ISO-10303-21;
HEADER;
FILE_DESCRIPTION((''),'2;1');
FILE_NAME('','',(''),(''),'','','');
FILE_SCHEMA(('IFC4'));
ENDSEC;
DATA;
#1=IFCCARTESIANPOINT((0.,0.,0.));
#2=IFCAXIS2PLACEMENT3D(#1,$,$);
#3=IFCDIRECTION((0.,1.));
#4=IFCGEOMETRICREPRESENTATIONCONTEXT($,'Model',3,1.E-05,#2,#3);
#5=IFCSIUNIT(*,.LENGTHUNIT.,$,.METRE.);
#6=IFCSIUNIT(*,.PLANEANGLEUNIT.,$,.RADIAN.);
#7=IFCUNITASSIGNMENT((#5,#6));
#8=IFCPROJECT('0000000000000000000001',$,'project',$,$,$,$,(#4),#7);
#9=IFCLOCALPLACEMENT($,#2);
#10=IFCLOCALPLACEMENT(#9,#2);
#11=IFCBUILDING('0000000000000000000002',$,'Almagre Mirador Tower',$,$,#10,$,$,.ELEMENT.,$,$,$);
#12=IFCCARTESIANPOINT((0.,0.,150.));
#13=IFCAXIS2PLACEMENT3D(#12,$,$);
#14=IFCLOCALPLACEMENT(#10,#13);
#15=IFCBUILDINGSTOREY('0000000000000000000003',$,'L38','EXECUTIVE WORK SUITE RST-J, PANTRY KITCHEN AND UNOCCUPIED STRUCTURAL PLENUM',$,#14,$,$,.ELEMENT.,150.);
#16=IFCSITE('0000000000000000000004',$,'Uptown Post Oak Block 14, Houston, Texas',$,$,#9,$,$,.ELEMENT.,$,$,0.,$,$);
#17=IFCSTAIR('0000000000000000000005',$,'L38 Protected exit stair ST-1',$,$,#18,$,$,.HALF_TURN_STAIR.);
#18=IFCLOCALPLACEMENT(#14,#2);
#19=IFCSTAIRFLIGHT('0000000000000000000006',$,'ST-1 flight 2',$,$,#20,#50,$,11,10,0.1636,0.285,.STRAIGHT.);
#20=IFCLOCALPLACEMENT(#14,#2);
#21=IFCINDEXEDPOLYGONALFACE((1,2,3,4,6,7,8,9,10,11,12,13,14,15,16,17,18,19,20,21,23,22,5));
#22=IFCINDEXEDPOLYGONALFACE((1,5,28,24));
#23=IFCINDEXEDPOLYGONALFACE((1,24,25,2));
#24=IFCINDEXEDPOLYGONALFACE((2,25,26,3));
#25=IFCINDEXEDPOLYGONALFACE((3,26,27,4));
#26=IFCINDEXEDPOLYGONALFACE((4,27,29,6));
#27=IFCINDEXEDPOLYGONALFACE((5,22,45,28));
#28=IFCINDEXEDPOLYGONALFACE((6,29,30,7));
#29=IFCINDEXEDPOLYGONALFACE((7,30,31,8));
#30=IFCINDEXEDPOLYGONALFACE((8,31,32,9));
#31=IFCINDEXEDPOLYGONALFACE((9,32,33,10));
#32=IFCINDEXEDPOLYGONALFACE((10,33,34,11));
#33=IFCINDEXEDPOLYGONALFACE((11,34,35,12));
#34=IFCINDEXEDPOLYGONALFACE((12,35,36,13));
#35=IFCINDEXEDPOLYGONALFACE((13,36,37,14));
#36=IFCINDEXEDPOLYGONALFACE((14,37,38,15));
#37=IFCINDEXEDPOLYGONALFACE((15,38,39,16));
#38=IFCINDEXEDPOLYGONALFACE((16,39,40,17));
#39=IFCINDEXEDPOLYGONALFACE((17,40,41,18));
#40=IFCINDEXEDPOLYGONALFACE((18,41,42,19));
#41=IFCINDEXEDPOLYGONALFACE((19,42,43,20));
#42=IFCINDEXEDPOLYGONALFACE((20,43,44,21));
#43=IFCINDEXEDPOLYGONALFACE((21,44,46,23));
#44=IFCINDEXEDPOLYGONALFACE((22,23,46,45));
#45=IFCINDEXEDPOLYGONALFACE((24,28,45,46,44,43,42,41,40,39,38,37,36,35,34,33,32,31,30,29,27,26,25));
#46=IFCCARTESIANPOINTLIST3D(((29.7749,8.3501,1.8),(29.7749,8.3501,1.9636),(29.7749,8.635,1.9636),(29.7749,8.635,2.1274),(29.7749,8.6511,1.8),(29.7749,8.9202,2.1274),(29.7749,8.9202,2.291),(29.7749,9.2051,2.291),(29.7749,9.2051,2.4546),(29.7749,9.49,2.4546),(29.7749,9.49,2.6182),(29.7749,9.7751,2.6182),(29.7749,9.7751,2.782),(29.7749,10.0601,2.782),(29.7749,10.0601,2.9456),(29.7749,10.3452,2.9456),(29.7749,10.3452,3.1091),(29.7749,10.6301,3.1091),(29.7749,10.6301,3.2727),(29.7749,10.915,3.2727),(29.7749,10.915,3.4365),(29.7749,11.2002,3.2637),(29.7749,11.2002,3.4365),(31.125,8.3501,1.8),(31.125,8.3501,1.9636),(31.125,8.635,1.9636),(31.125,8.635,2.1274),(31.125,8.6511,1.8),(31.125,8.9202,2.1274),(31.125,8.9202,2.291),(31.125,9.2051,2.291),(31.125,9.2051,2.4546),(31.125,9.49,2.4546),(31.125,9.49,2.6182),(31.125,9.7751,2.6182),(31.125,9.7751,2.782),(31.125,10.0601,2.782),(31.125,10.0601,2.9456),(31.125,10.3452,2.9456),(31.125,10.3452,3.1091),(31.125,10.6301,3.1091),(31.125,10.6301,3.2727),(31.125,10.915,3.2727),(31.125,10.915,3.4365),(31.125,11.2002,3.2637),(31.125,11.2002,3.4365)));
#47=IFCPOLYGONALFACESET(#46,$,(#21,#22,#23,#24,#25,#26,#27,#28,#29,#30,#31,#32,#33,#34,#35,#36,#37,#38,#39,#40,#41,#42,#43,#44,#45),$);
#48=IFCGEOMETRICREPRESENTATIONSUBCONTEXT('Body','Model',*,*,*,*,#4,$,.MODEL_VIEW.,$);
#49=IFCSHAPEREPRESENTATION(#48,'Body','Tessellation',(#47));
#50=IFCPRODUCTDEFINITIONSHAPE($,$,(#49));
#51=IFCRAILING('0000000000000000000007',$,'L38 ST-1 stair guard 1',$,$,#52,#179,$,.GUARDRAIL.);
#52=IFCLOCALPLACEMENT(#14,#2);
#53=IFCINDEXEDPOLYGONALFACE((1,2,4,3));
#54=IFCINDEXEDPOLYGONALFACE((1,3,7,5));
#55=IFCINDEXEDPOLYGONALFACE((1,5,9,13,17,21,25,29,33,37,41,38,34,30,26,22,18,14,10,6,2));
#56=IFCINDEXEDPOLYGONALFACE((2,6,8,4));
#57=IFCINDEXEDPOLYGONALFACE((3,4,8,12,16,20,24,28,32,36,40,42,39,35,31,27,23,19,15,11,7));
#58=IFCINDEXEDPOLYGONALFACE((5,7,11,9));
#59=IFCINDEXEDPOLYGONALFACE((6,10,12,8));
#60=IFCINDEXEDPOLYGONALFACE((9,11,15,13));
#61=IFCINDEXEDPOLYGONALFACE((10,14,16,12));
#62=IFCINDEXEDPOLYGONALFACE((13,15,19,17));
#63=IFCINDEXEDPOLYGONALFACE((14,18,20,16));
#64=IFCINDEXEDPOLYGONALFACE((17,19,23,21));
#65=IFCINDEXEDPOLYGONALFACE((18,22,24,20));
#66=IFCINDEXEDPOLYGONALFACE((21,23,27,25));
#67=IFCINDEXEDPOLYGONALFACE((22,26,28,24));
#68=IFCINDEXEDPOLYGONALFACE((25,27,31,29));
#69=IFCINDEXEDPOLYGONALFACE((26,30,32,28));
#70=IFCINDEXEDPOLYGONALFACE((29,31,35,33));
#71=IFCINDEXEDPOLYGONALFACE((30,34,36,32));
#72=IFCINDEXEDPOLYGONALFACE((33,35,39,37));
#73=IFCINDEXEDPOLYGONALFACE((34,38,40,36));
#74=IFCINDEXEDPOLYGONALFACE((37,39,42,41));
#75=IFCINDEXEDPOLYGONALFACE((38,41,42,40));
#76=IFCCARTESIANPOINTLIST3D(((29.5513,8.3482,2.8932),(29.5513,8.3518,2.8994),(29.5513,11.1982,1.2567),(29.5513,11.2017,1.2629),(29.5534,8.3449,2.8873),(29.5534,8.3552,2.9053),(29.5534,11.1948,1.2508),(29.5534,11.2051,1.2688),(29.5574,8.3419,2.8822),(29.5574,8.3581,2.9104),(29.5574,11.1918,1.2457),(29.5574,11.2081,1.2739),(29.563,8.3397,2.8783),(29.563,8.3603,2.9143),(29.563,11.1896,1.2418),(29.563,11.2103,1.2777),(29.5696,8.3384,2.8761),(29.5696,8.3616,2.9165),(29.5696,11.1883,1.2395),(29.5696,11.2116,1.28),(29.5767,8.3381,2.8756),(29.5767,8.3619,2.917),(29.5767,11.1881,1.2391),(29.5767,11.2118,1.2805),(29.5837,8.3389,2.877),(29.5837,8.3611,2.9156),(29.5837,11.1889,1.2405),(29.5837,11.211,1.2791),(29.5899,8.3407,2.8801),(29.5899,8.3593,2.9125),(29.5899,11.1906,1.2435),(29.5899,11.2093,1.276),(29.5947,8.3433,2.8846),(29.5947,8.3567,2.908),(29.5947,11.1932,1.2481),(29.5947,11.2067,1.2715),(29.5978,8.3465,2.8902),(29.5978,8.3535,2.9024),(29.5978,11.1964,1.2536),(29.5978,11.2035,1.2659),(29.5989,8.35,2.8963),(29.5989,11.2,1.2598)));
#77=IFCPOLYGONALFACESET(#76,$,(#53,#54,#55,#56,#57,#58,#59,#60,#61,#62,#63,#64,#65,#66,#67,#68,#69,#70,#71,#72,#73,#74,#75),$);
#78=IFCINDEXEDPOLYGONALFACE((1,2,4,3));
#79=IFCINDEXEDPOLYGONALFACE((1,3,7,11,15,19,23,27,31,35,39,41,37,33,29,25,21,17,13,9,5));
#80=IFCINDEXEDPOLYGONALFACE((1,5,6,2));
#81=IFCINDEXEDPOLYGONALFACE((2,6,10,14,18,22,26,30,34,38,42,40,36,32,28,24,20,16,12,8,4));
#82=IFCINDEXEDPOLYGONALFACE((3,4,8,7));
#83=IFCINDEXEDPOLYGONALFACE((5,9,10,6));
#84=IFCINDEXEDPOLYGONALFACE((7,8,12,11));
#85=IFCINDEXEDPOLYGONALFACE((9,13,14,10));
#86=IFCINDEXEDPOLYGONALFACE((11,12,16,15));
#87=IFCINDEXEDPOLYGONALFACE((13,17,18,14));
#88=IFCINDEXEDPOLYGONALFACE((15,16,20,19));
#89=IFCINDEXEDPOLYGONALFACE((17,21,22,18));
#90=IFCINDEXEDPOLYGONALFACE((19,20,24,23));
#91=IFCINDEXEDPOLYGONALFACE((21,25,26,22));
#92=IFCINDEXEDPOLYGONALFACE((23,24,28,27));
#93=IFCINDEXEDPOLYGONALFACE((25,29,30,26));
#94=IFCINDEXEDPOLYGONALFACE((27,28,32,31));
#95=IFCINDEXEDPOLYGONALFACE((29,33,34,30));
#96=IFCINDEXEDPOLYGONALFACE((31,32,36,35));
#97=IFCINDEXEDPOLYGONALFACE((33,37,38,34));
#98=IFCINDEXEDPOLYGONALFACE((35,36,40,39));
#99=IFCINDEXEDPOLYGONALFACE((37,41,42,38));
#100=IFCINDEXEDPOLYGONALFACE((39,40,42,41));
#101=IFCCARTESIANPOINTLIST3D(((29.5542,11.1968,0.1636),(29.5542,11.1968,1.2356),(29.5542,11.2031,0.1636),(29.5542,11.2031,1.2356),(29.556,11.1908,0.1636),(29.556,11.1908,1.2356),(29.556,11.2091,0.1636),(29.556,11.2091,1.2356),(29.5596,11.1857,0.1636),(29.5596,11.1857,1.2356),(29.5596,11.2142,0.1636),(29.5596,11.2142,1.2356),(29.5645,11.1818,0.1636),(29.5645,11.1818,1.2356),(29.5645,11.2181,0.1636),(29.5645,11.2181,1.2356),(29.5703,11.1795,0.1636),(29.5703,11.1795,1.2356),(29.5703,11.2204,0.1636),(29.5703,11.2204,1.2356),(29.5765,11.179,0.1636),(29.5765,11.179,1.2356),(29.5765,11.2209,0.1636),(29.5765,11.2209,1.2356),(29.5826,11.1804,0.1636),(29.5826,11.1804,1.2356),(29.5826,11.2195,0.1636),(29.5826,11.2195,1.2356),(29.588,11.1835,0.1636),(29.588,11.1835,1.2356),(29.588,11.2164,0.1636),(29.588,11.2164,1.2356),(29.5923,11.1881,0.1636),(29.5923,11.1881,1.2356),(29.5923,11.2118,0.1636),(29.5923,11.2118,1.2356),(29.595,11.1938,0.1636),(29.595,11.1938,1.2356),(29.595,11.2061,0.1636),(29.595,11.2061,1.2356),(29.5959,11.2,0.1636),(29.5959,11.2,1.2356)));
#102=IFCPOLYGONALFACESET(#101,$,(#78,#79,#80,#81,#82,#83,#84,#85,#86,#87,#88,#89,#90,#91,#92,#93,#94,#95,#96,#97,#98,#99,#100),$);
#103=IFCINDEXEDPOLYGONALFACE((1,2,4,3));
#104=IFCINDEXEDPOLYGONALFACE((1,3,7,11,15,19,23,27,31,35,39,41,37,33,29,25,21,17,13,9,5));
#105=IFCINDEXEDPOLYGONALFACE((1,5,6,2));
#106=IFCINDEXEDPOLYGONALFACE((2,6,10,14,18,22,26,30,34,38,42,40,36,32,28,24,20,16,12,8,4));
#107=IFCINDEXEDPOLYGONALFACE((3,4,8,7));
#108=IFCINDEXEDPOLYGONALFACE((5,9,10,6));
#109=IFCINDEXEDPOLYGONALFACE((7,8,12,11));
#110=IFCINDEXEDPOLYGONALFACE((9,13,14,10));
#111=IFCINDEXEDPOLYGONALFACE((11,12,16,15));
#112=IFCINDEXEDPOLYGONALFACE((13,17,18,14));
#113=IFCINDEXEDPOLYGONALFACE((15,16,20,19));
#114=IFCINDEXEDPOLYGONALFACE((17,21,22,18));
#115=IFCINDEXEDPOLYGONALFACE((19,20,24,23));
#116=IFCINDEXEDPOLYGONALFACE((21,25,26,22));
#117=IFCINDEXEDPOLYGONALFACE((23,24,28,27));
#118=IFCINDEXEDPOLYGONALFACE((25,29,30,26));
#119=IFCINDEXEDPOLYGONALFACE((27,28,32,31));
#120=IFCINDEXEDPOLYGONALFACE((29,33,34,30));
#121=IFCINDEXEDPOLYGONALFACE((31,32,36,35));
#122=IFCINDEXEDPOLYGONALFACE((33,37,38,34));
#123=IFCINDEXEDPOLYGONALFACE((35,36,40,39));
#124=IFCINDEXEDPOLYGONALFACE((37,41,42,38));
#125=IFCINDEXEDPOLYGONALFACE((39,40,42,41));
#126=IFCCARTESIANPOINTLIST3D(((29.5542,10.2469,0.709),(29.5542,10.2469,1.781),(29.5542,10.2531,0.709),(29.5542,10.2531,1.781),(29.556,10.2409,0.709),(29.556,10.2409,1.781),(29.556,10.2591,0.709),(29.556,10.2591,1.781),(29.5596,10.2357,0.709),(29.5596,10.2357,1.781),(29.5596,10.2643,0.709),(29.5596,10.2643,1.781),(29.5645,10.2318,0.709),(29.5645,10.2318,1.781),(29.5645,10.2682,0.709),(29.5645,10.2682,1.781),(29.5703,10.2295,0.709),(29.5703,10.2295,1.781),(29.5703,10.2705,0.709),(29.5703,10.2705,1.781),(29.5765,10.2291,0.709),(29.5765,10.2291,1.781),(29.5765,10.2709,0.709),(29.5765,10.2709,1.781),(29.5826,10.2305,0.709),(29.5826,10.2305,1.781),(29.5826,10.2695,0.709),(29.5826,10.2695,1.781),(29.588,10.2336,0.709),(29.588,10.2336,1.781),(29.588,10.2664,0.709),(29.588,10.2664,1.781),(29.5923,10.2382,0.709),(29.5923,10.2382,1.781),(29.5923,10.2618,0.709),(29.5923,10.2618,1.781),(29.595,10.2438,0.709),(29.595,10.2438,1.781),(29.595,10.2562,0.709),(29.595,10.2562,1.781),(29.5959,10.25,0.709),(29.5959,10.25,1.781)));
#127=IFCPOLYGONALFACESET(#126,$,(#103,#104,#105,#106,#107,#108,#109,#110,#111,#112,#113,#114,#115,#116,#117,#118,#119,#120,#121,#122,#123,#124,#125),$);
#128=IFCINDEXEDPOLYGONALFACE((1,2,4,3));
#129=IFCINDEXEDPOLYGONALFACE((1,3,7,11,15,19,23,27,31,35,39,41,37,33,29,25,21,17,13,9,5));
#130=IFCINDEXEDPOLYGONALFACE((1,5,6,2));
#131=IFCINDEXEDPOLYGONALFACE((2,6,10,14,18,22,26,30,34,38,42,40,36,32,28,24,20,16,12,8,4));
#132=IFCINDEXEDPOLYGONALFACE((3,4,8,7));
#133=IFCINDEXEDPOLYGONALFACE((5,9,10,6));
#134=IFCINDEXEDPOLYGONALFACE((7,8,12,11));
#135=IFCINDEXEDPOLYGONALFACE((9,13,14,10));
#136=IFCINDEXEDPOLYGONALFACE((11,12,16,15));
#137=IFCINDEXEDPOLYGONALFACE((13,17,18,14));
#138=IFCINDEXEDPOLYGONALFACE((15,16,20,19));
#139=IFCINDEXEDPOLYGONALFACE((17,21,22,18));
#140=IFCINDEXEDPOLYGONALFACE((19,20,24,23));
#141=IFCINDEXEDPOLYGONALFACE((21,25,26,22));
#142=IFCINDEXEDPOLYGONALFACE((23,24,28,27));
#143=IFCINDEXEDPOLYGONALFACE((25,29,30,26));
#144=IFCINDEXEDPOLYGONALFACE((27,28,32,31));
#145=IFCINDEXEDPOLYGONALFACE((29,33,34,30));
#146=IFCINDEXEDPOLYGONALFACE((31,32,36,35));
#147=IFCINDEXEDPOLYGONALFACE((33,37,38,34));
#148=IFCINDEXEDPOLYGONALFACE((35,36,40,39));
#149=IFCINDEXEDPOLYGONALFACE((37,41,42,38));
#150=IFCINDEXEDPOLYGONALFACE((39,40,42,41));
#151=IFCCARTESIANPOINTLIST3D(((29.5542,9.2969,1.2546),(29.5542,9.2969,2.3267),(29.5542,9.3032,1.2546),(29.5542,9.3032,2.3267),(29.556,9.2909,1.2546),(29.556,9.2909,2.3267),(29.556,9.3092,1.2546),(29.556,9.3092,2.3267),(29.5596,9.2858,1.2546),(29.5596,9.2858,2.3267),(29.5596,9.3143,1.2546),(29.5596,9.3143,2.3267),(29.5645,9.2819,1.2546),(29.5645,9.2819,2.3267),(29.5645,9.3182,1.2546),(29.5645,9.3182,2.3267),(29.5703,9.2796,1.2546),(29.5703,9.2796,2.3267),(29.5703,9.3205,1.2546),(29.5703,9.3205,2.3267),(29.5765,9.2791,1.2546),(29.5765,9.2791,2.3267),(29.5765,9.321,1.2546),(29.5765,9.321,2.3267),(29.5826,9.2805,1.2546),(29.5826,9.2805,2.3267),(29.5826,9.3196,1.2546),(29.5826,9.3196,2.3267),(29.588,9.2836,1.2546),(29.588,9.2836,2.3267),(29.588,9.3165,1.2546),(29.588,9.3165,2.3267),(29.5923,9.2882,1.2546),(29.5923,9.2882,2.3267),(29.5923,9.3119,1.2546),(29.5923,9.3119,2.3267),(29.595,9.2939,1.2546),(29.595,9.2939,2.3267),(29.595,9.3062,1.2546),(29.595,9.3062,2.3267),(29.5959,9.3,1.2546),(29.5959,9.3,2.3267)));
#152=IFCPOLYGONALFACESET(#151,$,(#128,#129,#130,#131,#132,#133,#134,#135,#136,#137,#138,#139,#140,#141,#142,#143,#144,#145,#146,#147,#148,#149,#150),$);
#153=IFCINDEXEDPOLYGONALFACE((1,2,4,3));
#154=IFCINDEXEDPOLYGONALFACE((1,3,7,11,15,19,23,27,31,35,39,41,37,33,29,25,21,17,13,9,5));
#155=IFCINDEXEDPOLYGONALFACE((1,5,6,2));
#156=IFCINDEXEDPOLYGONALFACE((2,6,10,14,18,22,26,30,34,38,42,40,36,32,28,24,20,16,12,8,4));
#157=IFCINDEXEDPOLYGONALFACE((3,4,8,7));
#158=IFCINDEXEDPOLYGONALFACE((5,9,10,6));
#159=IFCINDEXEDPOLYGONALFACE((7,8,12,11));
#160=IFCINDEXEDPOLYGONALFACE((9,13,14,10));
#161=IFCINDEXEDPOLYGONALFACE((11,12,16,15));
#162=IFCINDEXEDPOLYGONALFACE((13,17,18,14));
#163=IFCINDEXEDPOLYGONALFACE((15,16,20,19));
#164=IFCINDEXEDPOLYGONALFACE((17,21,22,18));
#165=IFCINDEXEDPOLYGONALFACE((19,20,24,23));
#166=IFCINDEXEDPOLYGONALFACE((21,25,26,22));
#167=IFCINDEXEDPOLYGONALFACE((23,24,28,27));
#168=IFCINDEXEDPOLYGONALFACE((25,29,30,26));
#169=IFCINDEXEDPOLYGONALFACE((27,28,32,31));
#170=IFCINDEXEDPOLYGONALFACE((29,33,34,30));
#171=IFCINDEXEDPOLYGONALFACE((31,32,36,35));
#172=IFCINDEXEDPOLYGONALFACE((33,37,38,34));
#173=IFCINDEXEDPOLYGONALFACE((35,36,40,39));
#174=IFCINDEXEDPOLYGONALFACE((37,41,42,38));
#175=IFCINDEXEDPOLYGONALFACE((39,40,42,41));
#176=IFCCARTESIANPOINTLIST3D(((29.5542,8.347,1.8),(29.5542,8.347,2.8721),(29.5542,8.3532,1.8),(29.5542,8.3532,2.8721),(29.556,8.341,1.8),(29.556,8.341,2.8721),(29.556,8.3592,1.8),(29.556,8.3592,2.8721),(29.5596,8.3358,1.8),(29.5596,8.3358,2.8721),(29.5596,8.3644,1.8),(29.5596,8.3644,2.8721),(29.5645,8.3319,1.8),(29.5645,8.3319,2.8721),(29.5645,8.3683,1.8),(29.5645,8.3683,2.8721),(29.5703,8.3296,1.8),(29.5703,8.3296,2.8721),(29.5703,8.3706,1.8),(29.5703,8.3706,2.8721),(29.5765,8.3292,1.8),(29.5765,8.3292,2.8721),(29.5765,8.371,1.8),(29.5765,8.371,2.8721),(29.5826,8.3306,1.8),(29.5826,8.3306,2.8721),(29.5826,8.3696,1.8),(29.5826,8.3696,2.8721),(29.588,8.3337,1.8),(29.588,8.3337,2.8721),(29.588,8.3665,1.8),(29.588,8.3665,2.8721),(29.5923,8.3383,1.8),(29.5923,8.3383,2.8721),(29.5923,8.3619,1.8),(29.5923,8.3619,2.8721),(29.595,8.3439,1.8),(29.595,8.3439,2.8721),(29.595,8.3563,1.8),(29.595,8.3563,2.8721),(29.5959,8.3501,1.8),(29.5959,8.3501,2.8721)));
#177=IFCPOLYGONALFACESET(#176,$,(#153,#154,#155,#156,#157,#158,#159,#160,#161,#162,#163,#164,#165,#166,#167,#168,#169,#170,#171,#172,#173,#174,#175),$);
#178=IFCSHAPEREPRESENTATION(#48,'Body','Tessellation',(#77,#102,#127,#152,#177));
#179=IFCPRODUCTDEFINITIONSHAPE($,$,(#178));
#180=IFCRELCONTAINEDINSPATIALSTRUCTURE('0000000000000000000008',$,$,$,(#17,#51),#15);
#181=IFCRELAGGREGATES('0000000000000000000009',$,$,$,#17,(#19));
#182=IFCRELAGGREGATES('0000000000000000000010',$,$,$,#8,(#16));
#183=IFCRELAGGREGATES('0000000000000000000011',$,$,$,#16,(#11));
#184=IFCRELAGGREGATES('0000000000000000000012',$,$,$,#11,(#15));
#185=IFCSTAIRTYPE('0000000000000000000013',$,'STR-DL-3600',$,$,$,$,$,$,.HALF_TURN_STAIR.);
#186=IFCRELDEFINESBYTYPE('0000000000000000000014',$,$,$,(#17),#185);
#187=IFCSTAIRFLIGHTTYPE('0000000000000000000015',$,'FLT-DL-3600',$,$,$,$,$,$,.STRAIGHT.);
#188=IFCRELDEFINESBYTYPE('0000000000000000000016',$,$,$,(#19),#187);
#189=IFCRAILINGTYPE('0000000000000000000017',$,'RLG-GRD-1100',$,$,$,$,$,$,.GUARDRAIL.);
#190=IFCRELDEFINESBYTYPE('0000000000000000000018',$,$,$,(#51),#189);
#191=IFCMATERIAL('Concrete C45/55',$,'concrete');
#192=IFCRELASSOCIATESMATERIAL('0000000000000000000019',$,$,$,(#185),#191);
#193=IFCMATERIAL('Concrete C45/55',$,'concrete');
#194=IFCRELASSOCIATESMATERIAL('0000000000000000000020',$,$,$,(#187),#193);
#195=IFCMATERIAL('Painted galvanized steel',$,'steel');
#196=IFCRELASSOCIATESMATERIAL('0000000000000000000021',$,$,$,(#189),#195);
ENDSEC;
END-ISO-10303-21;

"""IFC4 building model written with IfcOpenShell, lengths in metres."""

from ifc_helpers import new_model, si_unit, direction, frame, origin, origin_2d, place, context, subcontext, project, spatial, polyline, circle, outline, extrude, material, type_object, element, aggregate, save


model = new_model("IFC4")

# Units and contexts
model_context = context("Model", 3, precision=1e-05, world=origin(), true_north=direction((0.0, 1.0)))
body_context = subcontext(model_context, "Body", "Model", "MODEL_VIEW")
ifc_project = project(units=[si_unit("LENGTHUNIT", "METRE"), si_unit("PLANEANGLEUNIT", "RADIAN")], contexts=[model_context])

# Site, building, storey
site_placement = place(None, origin())
site = spatial("IfcSite", under=ifc_project, at=site_placement, Name="Uptown Post Oak Block 14, Houston, Texas", CompositionType="ELEMENT", RefElevation=0.0)
building_placement = place(site_placement, origin())
building = spatial("IfcBuilding", under=site, at=building_placement, Name="Almagre Mirador Tower", CompositionType="ELEMENT")
storey_placement = place(building_placement, frame((0.0, 0.0, 150.0)))
storey = spatial("IfcBuildingStorey", under=building, at=storey_placement, Name="L38", Description="EXECUTIVE WORK SUITE RST-J, PANTRY KITCHEN AND UNOCCUPIED STRUCTURAL PLENUM", CompositionType="ELEMENT", Elevation=150.0)

# Stair, stair flight
ifc_material_1 = material(Name="Concrete C45/55", Category="concrete")
stair_type = type_object("IfcStairType", Name="STR-DL-3600", PredefinedType="HALF_TURN_STAIR", material=ifc_material_1)
stair_placement = place(storey_placement, origin())
stair = element("IfcStair", 1, at=stair_placement, inside=storey, type_object=stair_type, Name="L38 Protected exit stair ST-1", PredefinedType="HALF_TURN_STAIR")
ifc_material_2 = material(Name="Concrete C45/55", Category="concrete")
stair_flight_type = type_object("IfcStairFlightType", Name="FLT-DL-3600", PredefinedType="STRAIGHT", material=ifc_material_2)
stair_flight_1_placement = place(storey_placement, frame((30.45, 8.3501, 1.8), z_axis=(0.0, 0.0, 1.0), x_axis=(0.0, 1.0, 0.0)))
stair_flight_1 = element("IfcStairFlight", 2, at=stair_flight_1_placement, type_object=stair_flight_type, Name="ST-1 flight 2", NumberOfRisers=11, NumberOfTreads=10, PredefinedType="STRAIGHT", RiserHeight=0.1636, TreadLength=0.285, context=body_context, shape_type="SweptSolid", body=[
    extrude(outline(polyline([(0.0, 0.0), (0.0, 0.1636), (0.2849, 0.1636), (0.2849, 0.3274), (0.5701, 0.3274), (0.5701, 0.491), (0.855, 0.491), (0.855, 0.6545), (1.1399, 0.6545), (1.1399, 0.8181), (1.425, 0.8181), (1.425, 0.9819), (1.71, 0.9819), (1.71, 1.1455), (1.9951, 1.1455), (1.9951, 1.3091), (2.28, 1.3091), (2.28, 1.4727), (2.5649, 1.4727), (2.5649, 1.6365), (2.8501, 1.6365), (2.8501, 1.8), (2.8501, 1.4636), (0.301, 0.0), (0.0, 0.0)])), frame((0.0, 0.675, 0.0), z_axis=(0.0, -1.0, 0.0), x_axis=(1.0, 0.0, 0.0)), (0.0, 0.0, 1.0), 1.3501),
])
aggregate(stair, [stair_flight_1])

# Railing
ifc_material_3 = material(Name="Painted galvanized steel", Category="steel")
railing_type_1 = type_object("IfcRailingType", Name="RLG-GRD-1100", PredefinedType="GUARDRAIL", material=ifc_material_3)
railing_1_placement = place(storey_placement, frame((29.575, 11.2, 0.1636)))
element("IfcRailing", 3, at=railing_1_placement, inside=storey, type_object=railing_type_1, Name="L38 ST-1 stair guard 1", PredefinedType="GUARDRAIL", context=body_context, shape_type="SweptSolid", body=[
    extrude(circle(Radius=0.0239, at=origin_2d()), frame((0.0, 0.0, 1.0962), z_axis=(0.0, -0.867194, 0.49797), x_axis=(1.0, 0.0, 0.0)), (0.0, 0.0, 1.0), 3.2864),
    extrude(circle(Radius=0.021, at=origin_2d()), origin(), (0.0, 0.0, 1.0), 1.072),
    extrude(circle(Radius=0.021, at=origin_2d()), frame((0.0, -0.95, 0.5454)), (0.0, 0.0, 1.0), 1.072),
    extrude(circle(Radius=0.021, at=origin_2d()), frame((0.0, -1.8999, 1.0911)), (0.0, 0.0, 1.0), 1.072),
    extrude(circle(Radius=0.021, at=origin_2d()), frame((0.0, -2.8499, 1.6365)), (0.0, 0.0, 1.0), 1.072),
])

save(model, "model.ifc")
